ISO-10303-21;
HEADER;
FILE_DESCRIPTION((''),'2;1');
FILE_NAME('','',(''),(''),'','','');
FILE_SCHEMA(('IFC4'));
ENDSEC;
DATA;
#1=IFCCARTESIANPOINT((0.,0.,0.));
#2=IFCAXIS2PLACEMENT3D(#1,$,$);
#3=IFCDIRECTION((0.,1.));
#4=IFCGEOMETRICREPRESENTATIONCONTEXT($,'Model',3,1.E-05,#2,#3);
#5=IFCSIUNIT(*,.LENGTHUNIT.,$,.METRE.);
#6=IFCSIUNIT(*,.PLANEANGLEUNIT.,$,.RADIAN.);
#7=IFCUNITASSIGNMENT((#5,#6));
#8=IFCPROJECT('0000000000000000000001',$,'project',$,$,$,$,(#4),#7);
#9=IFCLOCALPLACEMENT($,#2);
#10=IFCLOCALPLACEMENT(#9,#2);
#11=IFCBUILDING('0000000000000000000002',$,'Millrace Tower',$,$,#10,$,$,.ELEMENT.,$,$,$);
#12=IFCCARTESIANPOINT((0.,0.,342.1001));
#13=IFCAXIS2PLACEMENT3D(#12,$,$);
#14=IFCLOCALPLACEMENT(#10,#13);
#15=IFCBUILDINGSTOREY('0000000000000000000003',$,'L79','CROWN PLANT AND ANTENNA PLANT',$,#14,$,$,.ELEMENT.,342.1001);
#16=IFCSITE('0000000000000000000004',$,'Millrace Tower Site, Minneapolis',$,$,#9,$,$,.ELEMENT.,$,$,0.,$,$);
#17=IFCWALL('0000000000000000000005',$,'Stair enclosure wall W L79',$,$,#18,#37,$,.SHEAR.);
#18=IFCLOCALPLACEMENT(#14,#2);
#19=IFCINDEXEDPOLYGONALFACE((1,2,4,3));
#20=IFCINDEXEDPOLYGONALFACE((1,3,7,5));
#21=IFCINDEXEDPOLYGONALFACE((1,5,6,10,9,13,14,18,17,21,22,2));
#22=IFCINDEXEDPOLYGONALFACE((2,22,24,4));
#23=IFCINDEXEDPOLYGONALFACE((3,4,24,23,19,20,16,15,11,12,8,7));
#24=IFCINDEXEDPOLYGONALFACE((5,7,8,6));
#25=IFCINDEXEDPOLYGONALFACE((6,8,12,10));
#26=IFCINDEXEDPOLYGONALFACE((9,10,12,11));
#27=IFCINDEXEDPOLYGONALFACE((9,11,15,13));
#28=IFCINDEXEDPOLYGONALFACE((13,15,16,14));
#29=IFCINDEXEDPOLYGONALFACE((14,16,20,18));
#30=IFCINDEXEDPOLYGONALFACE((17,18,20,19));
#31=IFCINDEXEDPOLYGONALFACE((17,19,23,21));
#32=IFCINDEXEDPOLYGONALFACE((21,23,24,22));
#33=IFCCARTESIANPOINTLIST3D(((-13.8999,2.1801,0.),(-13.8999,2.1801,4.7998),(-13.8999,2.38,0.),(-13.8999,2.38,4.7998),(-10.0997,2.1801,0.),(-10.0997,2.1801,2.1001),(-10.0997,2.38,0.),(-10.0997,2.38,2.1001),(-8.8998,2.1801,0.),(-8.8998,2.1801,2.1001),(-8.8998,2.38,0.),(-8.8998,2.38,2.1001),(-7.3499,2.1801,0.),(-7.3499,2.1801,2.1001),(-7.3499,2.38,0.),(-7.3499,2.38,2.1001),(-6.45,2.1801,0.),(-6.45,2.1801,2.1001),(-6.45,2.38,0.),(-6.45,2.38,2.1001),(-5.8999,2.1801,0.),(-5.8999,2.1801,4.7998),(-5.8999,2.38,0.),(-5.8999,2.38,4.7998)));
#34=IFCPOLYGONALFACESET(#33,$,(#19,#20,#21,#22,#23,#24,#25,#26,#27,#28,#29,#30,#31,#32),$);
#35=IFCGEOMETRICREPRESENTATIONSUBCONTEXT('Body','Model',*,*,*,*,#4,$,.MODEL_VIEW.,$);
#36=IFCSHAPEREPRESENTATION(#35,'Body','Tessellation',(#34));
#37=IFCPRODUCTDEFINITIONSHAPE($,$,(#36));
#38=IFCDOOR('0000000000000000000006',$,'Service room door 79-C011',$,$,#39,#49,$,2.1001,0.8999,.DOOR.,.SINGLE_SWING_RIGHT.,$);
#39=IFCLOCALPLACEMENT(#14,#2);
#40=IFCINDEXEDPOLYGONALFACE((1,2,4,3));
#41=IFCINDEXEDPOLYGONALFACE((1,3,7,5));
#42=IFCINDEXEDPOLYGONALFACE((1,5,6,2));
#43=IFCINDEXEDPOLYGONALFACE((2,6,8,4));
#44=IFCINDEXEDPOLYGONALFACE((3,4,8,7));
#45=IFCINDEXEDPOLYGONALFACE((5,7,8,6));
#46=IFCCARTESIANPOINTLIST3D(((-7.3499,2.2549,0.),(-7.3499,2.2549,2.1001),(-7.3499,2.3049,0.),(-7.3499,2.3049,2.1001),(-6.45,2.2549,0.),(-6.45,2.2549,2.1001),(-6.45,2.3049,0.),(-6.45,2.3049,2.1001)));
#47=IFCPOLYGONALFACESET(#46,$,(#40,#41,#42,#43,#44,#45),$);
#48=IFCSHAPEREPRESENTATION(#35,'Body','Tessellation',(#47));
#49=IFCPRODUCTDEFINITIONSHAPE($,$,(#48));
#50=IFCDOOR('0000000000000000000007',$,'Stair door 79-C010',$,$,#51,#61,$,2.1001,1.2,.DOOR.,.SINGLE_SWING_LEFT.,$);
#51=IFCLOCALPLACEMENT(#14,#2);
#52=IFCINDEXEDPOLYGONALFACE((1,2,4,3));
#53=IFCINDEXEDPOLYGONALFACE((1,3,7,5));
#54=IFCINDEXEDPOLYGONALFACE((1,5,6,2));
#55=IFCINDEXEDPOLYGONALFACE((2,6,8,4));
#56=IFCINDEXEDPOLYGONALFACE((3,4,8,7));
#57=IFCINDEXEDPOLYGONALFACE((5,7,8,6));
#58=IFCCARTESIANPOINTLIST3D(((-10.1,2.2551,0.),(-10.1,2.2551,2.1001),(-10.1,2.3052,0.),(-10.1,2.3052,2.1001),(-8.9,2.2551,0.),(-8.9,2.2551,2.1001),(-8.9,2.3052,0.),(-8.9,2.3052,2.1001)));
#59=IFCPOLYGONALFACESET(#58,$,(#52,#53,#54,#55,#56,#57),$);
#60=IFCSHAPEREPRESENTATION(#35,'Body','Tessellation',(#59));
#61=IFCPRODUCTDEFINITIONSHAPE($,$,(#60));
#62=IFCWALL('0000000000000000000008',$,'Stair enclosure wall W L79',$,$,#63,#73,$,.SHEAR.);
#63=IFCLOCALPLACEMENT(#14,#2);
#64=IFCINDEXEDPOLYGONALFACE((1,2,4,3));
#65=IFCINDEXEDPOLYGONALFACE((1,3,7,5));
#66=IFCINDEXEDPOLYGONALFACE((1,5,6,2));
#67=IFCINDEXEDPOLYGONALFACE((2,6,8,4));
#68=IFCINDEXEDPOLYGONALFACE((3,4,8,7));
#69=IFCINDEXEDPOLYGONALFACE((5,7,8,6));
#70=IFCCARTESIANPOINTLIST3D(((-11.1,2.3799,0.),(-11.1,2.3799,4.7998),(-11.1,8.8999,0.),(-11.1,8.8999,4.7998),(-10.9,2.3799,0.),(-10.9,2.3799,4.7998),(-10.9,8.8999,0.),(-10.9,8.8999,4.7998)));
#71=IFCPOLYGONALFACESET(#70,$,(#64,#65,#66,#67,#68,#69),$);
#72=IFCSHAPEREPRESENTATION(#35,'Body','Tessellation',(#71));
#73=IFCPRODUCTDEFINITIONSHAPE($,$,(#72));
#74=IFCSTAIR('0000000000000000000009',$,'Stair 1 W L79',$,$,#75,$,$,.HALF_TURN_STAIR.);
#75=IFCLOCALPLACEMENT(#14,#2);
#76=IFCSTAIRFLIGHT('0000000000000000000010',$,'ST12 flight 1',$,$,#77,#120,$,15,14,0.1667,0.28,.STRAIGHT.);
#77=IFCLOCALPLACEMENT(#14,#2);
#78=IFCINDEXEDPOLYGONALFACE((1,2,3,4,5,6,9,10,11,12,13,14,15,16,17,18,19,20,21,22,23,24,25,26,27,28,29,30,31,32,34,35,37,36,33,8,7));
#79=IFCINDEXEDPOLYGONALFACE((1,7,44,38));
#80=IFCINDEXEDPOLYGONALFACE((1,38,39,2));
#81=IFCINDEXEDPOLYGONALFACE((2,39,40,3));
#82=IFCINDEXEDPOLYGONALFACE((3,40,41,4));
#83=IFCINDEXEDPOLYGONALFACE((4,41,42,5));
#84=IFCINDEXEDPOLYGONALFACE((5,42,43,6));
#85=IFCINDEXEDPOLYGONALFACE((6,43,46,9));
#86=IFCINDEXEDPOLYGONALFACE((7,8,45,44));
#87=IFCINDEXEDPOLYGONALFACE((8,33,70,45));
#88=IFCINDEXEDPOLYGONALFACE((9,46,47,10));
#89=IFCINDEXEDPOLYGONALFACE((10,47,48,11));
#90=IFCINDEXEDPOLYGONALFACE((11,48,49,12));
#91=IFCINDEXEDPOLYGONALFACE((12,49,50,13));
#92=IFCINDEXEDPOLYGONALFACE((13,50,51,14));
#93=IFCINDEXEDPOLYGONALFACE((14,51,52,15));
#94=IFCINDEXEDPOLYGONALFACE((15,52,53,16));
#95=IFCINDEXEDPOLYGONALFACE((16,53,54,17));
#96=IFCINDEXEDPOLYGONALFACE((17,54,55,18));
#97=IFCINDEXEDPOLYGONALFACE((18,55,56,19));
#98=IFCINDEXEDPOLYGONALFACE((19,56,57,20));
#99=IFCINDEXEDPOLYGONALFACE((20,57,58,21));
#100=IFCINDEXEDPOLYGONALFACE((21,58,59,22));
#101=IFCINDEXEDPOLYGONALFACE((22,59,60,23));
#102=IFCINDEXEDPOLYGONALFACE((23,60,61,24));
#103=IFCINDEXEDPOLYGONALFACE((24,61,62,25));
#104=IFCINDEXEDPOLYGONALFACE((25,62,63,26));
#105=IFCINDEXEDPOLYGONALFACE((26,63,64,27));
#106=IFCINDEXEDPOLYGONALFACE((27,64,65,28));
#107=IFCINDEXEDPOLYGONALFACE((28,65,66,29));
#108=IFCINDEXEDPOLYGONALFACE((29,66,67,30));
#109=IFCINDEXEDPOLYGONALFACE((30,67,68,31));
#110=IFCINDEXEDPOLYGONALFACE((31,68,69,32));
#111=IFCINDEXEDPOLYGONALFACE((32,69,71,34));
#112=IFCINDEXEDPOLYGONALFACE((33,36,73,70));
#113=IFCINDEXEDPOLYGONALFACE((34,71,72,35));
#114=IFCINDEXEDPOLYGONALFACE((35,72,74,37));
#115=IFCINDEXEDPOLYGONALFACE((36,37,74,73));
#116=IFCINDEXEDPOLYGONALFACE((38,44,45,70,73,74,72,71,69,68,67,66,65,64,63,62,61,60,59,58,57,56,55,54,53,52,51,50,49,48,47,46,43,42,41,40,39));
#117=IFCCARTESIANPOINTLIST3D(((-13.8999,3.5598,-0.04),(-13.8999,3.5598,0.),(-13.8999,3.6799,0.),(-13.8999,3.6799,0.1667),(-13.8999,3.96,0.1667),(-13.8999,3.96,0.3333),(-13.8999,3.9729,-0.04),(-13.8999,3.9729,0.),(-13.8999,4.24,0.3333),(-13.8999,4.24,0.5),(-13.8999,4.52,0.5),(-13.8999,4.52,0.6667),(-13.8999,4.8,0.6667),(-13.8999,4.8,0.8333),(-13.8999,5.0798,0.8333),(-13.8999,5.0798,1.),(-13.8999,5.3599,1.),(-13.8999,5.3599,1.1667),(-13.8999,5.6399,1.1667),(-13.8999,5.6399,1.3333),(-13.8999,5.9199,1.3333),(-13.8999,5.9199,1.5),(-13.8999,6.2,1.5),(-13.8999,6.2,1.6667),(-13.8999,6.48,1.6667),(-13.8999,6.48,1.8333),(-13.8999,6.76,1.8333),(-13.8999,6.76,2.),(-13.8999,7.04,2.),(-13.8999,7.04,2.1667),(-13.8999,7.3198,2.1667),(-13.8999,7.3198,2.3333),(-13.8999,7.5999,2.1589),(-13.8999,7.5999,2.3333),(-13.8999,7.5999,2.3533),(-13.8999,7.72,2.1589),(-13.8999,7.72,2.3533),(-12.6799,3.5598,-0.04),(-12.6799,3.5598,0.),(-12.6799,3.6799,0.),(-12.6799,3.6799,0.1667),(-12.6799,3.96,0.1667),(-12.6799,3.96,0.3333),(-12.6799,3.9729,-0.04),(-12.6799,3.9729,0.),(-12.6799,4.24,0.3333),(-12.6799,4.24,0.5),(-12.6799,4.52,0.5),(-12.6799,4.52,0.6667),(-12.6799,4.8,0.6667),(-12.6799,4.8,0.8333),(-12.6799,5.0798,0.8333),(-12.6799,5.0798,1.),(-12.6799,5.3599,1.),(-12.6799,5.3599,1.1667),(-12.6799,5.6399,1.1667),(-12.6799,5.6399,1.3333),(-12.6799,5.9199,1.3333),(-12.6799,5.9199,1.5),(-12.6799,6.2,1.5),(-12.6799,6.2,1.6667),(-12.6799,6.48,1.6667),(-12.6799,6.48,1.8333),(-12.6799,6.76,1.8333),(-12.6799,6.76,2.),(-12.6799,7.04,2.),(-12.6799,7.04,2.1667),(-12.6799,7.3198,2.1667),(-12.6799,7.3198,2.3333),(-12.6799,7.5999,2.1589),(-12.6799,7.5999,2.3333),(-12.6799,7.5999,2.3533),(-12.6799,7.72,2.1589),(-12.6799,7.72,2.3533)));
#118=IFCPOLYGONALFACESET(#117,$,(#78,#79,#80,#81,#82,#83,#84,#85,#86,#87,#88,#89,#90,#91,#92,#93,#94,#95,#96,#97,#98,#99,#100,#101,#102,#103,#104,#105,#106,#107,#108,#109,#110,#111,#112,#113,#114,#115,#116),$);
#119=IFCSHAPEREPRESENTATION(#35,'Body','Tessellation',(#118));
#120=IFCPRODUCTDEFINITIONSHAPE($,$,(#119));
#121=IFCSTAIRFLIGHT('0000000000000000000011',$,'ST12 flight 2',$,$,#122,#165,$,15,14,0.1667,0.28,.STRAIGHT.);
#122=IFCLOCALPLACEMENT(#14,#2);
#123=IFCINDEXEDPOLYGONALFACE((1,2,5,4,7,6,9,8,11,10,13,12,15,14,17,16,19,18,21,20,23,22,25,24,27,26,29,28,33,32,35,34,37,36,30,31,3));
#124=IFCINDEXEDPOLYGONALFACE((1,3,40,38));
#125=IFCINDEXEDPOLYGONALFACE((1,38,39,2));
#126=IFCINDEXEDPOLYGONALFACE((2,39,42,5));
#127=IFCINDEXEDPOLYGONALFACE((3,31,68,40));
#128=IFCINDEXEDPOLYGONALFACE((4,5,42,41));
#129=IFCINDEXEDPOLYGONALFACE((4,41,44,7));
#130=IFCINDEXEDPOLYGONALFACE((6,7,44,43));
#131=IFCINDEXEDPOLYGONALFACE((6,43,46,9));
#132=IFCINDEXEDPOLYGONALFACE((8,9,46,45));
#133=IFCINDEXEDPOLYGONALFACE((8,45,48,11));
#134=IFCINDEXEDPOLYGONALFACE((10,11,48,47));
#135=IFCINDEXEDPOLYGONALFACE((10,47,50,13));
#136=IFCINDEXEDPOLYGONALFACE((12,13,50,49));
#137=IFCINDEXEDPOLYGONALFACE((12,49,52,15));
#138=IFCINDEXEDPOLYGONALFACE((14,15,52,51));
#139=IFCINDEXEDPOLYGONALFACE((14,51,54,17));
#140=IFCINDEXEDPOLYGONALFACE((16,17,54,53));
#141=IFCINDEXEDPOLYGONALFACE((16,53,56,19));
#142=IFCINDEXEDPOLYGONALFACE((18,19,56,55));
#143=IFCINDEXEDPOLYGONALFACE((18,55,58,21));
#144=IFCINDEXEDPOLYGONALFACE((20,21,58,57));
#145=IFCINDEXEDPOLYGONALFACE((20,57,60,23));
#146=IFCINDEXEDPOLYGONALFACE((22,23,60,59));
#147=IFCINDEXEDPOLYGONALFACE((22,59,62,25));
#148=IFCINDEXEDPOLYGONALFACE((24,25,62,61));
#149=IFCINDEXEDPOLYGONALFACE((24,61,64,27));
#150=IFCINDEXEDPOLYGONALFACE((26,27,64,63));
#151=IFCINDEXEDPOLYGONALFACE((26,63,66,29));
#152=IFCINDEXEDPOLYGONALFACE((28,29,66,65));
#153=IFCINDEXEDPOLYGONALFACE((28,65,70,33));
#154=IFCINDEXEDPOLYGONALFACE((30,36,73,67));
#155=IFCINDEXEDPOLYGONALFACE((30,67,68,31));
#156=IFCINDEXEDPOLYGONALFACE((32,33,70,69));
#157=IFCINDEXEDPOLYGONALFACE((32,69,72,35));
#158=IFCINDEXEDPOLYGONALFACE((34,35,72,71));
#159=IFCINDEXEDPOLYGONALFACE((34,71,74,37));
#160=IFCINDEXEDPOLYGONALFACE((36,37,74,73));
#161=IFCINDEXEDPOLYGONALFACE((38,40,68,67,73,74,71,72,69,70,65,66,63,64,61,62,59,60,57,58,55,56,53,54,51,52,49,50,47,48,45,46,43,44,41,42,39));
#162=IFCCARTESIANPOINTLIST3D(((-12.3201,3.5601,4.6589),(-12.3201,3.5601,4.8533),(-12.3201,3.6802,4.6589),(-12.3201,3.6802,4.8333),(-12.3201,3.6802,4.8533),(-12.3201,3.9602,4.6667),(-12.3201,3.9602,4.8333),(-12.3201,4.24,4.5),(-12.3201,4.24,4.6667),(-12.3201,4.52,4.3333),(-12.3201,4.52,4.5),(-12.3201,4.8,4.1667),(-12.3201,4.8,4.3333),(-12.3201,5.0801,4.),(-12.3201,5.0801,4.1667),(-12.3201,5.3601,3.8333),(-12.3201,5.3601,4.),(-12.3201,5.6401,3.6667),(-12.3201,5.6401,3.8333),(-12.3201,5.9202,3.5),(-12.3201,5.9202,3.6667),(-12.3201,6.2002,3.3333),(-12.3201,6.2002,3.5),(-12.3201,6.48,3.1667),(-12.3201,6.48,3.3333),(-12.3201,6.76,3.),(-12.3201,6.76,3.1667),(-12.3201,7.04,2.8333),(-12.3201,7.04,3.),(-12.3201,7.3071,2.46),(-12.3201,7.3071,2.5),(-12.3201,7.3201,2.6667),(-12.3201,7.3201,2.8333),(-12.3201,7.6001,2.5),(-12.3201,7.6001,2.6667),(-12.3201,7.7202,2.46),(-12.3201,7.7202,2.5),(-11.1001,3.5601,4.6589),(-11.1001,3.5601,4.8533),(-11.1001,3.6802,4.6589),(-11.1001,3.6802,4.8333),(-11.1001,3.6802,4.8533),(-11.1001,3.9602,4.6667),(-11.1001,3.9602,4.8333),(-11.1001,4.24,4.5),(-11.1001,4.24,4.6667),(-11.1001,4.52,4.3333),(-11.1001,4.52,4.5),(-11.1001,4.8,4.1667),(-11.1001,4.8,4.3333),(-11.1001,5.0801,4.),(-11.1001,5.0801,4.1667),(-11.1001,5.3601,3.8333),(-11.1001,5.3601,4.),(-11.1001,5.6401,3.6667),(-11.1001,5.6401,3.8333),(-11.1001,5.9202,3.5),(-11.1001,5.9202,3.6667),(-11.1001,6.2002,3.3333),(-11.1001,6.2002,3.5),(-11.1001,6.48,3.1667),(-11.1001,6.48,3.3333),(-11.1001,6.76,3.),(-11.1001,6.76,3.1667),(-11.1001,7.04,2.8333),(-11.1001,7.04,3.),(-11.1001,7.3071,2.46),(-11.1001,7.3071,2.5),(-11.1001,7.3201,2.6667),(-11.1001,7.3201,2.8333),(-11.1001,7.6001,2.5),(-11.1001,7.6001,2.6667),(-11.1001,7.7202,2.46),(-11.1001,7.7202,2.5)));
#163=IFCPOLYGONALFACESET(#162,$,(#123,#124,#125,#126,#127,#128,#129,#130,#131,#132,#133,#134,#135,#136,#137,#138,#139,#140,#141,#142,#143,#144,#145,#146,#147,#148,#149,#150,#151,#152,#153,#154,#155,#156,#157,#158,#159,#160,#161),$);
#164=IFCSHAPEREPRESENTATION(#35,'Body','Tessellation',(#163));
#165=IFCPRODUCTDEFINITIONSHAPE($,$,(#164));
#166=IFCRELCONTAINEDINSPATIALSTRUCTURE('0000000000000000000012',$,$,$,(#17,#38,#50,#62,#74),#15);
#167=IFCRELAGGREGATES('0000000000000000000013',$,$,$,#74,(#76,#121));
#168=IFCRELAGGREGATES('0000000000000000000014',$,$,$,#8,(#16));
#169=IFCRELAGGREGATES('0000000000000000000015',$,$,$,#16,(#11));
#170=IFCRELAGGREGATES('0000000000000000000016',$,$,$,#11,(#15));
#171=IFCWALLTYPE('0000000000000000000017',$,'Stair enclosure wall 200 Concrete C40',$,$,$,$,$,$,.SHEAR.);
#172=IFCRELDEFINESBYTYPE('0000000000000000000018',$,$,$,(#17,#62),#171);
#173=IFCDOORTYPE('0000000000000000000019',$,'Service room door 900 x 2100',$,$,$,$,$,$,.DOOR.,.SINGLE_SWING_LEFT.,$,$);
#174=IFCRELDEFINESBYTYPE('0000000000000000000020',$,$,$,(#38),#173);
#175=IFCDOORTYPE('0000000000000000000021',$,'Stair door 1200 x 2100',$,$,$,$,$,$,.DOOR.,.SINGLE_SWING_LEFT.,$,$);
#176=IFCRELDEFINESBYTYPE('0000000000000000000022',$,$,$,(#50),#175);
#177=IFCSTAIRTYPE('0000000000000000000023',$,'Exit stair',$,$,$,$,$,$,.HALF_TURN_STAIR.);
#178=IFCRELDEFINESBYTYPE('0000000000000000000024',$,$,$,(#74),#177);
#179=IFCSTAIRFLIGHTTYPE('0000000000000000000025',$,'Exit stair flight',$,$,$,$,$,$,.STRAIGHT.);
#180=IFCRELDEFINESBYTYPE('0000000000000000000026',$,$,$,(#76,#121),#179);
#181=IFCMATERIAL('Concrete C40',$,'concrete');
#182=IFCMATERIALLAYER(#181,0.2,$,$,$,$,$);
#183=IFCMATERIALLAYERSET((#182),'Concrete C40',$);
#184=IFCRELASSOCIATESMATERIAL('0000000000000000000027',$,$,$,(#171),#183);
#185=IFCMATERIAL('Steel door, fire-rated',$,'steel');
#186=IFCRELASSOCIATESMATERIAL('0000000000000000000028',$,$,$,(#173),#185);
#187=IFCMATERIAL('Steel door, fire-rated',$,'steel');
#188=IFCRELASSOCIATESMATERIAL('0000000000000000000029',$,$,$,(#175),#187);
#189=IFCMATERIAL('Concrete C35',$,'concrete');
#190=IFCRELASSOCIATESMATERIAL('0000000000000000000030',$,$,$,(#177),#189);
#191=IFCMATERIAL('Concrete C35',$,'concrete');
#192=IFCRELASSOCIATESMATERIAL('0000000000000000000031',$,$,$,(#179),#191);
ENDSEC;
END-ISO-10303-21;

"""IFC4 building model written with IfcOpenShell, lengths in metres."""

from ifc_helpers import new_model, si_unit, direction, frame, frame_2d, origin, place, context, subcontext, project, spatial, polyline, rectangle, outline, extrude, material, layer, layer_set, type_object, element, fill, aggregate, save


model = new_model("IFC4")

# Units and contexts
model_context = context("Model", 3, precision=1e-05, world=origin(), true_north=direction((0.0, 1.0)))
body_context = subcontext(model_context, "Body", "Model", "MODEL_VIEW")
ifc_project = project(units=[si_unit("LENGTHUNIT", "METRE"), si_unit("PLANEANGLEUNIT", "RADIAN")], contexts=[model_context])

# Site, building, storey
site_placement = place(None, origin())
site = spatial("IfcSite", under=ifc_project, at=site_placement, Name="Millrace Tower Site, Minneapolis", CompositionType="ELEMENT", RefElevation=0.0)
building_placement = place(site_placement, origin())
building = spatial("IfcBuilding", under=site, at=building_placement, Name="Millrace Tower", CompositionType="ELEMENT")
storey_placement = place(building_placement, frame((0.0, 0.0, 342.1001)))
storey = spatial("IfcBuildingStorey", under=building, at=storey_placement, Name="L79", Description="CROWN PLANT AND ANTENNA PLANT", CompositionType="ELEMENT", Elevation=342.1001)

# Shared definitions
placement = place(storey_placement, origin())

# Shared definitions
ifc_material_1 = material(Name="Concrete C40", Category="concrete")
ifc_layer_1 = layer(ifc_material_1, 0.2)
ifc_layer_set_1 = layer_set([ifc_layer_1], Name="Concrete C40")
wall_type_1 = type_object("IfcWallType", Name="Stair enclosure wall 200 Concrete C40", PredefinedType="SHEAR", material=ifc_layer_set_1)

# Wall, openings, doors
wall_1_placement = place(storey_placement, frame((-13.8999, 2.28, 0.0), z_axis=(0.0, 0.0, 1.0), x_axis=(1.0, 0.0, 0.0)))
wall_1 = element("IfcWall", 1, at=wall_1_placement, inside=storey, type_object=wall_type_1, Name="Stair enclosure wall W L79", PredefinedType="SHEAR", context=body_context, shape_type="SweptSolid", body=[
    extrude(rectangle(XDim=8.0, YDim=0.2, at=frame_2d((4.0, 0.0))), origin(), (0.0, 0.0, 1.0), 4.7998),
])
opening_1_placement = place(wall_1_placement, frame((3.8, 0.0, 0.0)))
opening_1 = element("IfcOpeningElement", 2, at=opening_1_placement, cuts=wall_1, PredefinedType="OPENING", context=body_context, shape_type="SweptSolid", body=[
    extrude(rectangle(XDim=1.2, YDim=2.1001, at=frame_2d((0.6001, 1.05))), frame((0.0, 0.1099, 0.0), z_axis=(0.0, -1.0, 0.0), x_axis=(1.0, 0.0, 0.0)), (0.0, 0.0, 1.0), 0.22),
])
opening_2_placement = place(wall_1_placement, frame((6.55, 0.0, 0.0)))
opening_2 = element("IfcOpeningElement", 3, at=opening_2_placement, cuts=wall_1, PredefinedType="OPENING", context=body_context, shape_type="SweptSolid", body=[
    extrude(rectangle(XDim=0.8999, YDim=2.1001, at=frame_2d((0.45, 1.05))), frame((0.0, 0.1099, 0.0), z_axis=(0.0, -1.0, 0.0), x_axis=(1.0, 0.0, 0.0)), (0.0, 0.0, 1.0), 0.22),
])
ifc_material_2 = material(Name="Steel door, fire-rated", Category="steel")
door_type_1 = type_object("IfcDoorType", Name="Service room door 900 x 2100", OperationType="SINGLE_SWING_LEFT", PredefinedType="DOOR", material=ifc_material_2)
door_1_placement = place(opening_2_placement, origin())
door_1 = element("IfcDoor", 4, at=door_1_placement, inside=storey, type_object=door_type_1, Name="Service room door 79-C011", OperationType="SINGLE_SWING_RIGHT", OverallHeight=2.1001, OverallWidth=0.8999, PredefinedType="DOOR", context=body_context, shape_type="SweptSolid", body=[
    extrude(rectangle(XDim=0.8999, YDim=2.1001, at=frame_2d((0.45, 1.05))), frame((0.0, 0.0249, 0.0), z_axis=(0.0, -1.0, 0.0), x_axis=(1.0, 0.0, 0.0)), (0.0, 0.0, 1.0), 0.05),
])
fill(opening_2, door_1)
ifc_material_3 = material(Name="Steel door, fire-rated", Category="steel")
door_type_2 = type_object("IfcDoorType", Name="Stair door 1200 x 2100", OperationType="SINGLE_SWING_LEFT", PredefinedType="DOOR", material=ifc_material_3)
door_2_placement = place(opening_1_placement, frame((1.2, 0.0, 0.0), z_axis=(0.0, 0.0, 1.0), x_axis=(-1.0, 0.0, 0.0)))
door_2 = element("IfcDoor", 5, at=door_2_placement, inside=storey, type_object=door_type_2, Name="Stair door 79-C010", OperationType="SINGLE_SWING_LEFT", OverallHeight=2.1001, OverallWidth=1.2, PredefinedType="DOOR", context=body_context, shape_type="SweptSolid", body=[
    extrude(rectangle(XDim=1.2, YDim=2.1001, at=frame_2d((0.6001, 1.05))), frame((0.0, 0.0249, 0.0), z_axis=(0.0, -1.0, 0.0), x_axis=(1.0, 0.0, 0.0)), (0.0, 0.0, 1.0), 0.05),
])
fill(opening_1, door_2)

# Wall
wall_2_placement = place(storey_placement, frame((-11.0, 2.3799, 0.0), z_axis=(0.0, 0.0, 1.0), x_axis=(0.0, 1.0, 0.0)))
element("IfcWall", 6, at=wall_2_placement, inside=storey, type_object=wall_type_1, Name="Stair enclosure wall W L79", PredefinedType="SHEAR", context=body_context, shape_type="SweptSolid", body=[
    extrude(rectangle(XDim=6.52, YDim=0.2, at=frame_2d((3.26, 0.0))), origin(), (0.0, 0.0, 1.0), 4.7998),
])

# Stair, stair flights
ifc_material_4 = material(Name="Concrete C35", Category="concrete")
stair_type = type_object("IfcStairType", Name="Exit stair", PredefinedType="HALF_TURN_STAIR", material=ifc_material_4)
stair_1 = element("IfcStair", 7, at=placement, inside=storey, type_object=stair_type, Name="Stair 1 W L79", PredefinedType="HALF_TURN_STAIR")
ifc_material_5 = material(Name="Concrete C35", Category="concrete")
stair_flight_type = type_object("IfcStairFlightType", Name="Exit stair flight", PredefinedType="STRAIGHT", material=ifc_material_5)
stair_flight_1_placement = place(storey_placement, frame((-13.29, 3.6799, 0.0), z_axis=(0.0, 0.0, 1.0), x_axis=(0.0, 1.0, 0.0)))
stair_flight_1 = element("IfcStairFlight", 8, at=stair_flight_1_placement, type_object=stair_flight_type, Name="ST12 flight 1", NumberOfRisers=15, NumberOfTreads=14, PredefinedType="STRAIGHT", RiserHeight=0.1667, TreadLength=0.28, context=body_context, shape_type="SweptSolid", body=[
    extrude(outline(polyline([(-0.1201, -0.04), (-0.1201, 0.0), (0.0, 0.0), (0.0, 0.1667), (0.28, 0.1667), (0.28, 0.3333), (0.5601, 0.3333), (0.5601, 0.5), (0.8401, 0.5), (0.8401, 0.6667), (1.1201, 0.6667), (1.1201, 0.8333), (1.3999, 0.8333), (1.3999, 1.0), (1.6799, 1.0), (1.6799, 1.1667), (1.96, 1.1667), (1.96, 1.3333), (2.24, 1.3333), (2.24, 1.5), (2.52, 1.5), (2.52, 1.6667), (2.8, 1.6667), (2.8, 1.8333), (3.0801, 1.8333), (3.0801, 2.0), (3.3601, 2.0), (3.3601, 2.1667), (3.6399, 2.1667), (3.6399, 2.3333), (3.9199, 2.3333), (3.9199, 2.3533), (4.04, 2.3533), (4.04, 2.1589), (3.9199, 2.1589), (0.293, 0.0), (0.293, -0.04), (-0.1201, -0.04)])), frame((0.0, 0.6099, 0.0), z_axis=(0.0, -1.0, 0.0), x_axis=(1.0, 0.0, 0.0)), (0.0, 0.0, 1.0), 1.22),
])
stair_flight_2_placement = place(storey_placement, frame((-11.71, 7.6001, 2.5), z_axis=(0.0, 0.0, 1.0), x_axis=(0.0, -1.0, 0.0)))
stair_flight_2 = element("IfcStairFlight", 9, at=stair_flight_2_placement, type_object=stair_flight_type, Name="ST12 flight 2", NumberOfRisers=15, NumberOfTreads=14, PredefinedType="STRAIGHT", RiserHeight=0.1667, TreadLength=0.28, context=body_context, shape_type="SweptSolid", body=[
    extrude(outline(polyline([(-0.1201, -0.04), (-0.1201, 0.0), (0.0, 0.0), (0.0, 0.1667), (0.28, 0.1667), (0.28, 0.3333), (0.5601, 0.3333), (0.5601, 0.5), (0.8401, 0.5), (0.8401, 0.6667), (1.1201, 0.6667), (1.1201, 0.8333), (1.3999, 0.8333), (1.3999, 1.0), (1.6799, 1.0), (1.6799, 1.1667), (1.96, 1.1667), (1.96, 1.3333), (2.24, 1.3333), (2.24, 1.5), (2.52, 1.5), (2.52, 1.6667), (2.8, 1.6667), (2.8, 1.8333), (3.0801, 1.8333), (3.0801, 2.0), (3.3601, 2.0), (3.3601, 2.1667), (3.6399, 2.1667), (3.6399, 2.3333), (3.9199, 2.3333), (3.9199, 2.3533), (4.04, 2.3533), (4.04, 2.1589), (3.9199, 2.1589), (0.293, 0.0), (0.293, -0.04), (-0.1201, -0.04)])), frame((0.0, 0.6099, 0.0), z_axis=(0.0, -1.0, 0.0), x_axis=(1.0, 0.0, 0.0)), (0.0, 0.0, 1.0), 1.22),
])
aggregate(stair_1, [stair_flight_1, stair_flight_2])

save(model, "model.ifc")
